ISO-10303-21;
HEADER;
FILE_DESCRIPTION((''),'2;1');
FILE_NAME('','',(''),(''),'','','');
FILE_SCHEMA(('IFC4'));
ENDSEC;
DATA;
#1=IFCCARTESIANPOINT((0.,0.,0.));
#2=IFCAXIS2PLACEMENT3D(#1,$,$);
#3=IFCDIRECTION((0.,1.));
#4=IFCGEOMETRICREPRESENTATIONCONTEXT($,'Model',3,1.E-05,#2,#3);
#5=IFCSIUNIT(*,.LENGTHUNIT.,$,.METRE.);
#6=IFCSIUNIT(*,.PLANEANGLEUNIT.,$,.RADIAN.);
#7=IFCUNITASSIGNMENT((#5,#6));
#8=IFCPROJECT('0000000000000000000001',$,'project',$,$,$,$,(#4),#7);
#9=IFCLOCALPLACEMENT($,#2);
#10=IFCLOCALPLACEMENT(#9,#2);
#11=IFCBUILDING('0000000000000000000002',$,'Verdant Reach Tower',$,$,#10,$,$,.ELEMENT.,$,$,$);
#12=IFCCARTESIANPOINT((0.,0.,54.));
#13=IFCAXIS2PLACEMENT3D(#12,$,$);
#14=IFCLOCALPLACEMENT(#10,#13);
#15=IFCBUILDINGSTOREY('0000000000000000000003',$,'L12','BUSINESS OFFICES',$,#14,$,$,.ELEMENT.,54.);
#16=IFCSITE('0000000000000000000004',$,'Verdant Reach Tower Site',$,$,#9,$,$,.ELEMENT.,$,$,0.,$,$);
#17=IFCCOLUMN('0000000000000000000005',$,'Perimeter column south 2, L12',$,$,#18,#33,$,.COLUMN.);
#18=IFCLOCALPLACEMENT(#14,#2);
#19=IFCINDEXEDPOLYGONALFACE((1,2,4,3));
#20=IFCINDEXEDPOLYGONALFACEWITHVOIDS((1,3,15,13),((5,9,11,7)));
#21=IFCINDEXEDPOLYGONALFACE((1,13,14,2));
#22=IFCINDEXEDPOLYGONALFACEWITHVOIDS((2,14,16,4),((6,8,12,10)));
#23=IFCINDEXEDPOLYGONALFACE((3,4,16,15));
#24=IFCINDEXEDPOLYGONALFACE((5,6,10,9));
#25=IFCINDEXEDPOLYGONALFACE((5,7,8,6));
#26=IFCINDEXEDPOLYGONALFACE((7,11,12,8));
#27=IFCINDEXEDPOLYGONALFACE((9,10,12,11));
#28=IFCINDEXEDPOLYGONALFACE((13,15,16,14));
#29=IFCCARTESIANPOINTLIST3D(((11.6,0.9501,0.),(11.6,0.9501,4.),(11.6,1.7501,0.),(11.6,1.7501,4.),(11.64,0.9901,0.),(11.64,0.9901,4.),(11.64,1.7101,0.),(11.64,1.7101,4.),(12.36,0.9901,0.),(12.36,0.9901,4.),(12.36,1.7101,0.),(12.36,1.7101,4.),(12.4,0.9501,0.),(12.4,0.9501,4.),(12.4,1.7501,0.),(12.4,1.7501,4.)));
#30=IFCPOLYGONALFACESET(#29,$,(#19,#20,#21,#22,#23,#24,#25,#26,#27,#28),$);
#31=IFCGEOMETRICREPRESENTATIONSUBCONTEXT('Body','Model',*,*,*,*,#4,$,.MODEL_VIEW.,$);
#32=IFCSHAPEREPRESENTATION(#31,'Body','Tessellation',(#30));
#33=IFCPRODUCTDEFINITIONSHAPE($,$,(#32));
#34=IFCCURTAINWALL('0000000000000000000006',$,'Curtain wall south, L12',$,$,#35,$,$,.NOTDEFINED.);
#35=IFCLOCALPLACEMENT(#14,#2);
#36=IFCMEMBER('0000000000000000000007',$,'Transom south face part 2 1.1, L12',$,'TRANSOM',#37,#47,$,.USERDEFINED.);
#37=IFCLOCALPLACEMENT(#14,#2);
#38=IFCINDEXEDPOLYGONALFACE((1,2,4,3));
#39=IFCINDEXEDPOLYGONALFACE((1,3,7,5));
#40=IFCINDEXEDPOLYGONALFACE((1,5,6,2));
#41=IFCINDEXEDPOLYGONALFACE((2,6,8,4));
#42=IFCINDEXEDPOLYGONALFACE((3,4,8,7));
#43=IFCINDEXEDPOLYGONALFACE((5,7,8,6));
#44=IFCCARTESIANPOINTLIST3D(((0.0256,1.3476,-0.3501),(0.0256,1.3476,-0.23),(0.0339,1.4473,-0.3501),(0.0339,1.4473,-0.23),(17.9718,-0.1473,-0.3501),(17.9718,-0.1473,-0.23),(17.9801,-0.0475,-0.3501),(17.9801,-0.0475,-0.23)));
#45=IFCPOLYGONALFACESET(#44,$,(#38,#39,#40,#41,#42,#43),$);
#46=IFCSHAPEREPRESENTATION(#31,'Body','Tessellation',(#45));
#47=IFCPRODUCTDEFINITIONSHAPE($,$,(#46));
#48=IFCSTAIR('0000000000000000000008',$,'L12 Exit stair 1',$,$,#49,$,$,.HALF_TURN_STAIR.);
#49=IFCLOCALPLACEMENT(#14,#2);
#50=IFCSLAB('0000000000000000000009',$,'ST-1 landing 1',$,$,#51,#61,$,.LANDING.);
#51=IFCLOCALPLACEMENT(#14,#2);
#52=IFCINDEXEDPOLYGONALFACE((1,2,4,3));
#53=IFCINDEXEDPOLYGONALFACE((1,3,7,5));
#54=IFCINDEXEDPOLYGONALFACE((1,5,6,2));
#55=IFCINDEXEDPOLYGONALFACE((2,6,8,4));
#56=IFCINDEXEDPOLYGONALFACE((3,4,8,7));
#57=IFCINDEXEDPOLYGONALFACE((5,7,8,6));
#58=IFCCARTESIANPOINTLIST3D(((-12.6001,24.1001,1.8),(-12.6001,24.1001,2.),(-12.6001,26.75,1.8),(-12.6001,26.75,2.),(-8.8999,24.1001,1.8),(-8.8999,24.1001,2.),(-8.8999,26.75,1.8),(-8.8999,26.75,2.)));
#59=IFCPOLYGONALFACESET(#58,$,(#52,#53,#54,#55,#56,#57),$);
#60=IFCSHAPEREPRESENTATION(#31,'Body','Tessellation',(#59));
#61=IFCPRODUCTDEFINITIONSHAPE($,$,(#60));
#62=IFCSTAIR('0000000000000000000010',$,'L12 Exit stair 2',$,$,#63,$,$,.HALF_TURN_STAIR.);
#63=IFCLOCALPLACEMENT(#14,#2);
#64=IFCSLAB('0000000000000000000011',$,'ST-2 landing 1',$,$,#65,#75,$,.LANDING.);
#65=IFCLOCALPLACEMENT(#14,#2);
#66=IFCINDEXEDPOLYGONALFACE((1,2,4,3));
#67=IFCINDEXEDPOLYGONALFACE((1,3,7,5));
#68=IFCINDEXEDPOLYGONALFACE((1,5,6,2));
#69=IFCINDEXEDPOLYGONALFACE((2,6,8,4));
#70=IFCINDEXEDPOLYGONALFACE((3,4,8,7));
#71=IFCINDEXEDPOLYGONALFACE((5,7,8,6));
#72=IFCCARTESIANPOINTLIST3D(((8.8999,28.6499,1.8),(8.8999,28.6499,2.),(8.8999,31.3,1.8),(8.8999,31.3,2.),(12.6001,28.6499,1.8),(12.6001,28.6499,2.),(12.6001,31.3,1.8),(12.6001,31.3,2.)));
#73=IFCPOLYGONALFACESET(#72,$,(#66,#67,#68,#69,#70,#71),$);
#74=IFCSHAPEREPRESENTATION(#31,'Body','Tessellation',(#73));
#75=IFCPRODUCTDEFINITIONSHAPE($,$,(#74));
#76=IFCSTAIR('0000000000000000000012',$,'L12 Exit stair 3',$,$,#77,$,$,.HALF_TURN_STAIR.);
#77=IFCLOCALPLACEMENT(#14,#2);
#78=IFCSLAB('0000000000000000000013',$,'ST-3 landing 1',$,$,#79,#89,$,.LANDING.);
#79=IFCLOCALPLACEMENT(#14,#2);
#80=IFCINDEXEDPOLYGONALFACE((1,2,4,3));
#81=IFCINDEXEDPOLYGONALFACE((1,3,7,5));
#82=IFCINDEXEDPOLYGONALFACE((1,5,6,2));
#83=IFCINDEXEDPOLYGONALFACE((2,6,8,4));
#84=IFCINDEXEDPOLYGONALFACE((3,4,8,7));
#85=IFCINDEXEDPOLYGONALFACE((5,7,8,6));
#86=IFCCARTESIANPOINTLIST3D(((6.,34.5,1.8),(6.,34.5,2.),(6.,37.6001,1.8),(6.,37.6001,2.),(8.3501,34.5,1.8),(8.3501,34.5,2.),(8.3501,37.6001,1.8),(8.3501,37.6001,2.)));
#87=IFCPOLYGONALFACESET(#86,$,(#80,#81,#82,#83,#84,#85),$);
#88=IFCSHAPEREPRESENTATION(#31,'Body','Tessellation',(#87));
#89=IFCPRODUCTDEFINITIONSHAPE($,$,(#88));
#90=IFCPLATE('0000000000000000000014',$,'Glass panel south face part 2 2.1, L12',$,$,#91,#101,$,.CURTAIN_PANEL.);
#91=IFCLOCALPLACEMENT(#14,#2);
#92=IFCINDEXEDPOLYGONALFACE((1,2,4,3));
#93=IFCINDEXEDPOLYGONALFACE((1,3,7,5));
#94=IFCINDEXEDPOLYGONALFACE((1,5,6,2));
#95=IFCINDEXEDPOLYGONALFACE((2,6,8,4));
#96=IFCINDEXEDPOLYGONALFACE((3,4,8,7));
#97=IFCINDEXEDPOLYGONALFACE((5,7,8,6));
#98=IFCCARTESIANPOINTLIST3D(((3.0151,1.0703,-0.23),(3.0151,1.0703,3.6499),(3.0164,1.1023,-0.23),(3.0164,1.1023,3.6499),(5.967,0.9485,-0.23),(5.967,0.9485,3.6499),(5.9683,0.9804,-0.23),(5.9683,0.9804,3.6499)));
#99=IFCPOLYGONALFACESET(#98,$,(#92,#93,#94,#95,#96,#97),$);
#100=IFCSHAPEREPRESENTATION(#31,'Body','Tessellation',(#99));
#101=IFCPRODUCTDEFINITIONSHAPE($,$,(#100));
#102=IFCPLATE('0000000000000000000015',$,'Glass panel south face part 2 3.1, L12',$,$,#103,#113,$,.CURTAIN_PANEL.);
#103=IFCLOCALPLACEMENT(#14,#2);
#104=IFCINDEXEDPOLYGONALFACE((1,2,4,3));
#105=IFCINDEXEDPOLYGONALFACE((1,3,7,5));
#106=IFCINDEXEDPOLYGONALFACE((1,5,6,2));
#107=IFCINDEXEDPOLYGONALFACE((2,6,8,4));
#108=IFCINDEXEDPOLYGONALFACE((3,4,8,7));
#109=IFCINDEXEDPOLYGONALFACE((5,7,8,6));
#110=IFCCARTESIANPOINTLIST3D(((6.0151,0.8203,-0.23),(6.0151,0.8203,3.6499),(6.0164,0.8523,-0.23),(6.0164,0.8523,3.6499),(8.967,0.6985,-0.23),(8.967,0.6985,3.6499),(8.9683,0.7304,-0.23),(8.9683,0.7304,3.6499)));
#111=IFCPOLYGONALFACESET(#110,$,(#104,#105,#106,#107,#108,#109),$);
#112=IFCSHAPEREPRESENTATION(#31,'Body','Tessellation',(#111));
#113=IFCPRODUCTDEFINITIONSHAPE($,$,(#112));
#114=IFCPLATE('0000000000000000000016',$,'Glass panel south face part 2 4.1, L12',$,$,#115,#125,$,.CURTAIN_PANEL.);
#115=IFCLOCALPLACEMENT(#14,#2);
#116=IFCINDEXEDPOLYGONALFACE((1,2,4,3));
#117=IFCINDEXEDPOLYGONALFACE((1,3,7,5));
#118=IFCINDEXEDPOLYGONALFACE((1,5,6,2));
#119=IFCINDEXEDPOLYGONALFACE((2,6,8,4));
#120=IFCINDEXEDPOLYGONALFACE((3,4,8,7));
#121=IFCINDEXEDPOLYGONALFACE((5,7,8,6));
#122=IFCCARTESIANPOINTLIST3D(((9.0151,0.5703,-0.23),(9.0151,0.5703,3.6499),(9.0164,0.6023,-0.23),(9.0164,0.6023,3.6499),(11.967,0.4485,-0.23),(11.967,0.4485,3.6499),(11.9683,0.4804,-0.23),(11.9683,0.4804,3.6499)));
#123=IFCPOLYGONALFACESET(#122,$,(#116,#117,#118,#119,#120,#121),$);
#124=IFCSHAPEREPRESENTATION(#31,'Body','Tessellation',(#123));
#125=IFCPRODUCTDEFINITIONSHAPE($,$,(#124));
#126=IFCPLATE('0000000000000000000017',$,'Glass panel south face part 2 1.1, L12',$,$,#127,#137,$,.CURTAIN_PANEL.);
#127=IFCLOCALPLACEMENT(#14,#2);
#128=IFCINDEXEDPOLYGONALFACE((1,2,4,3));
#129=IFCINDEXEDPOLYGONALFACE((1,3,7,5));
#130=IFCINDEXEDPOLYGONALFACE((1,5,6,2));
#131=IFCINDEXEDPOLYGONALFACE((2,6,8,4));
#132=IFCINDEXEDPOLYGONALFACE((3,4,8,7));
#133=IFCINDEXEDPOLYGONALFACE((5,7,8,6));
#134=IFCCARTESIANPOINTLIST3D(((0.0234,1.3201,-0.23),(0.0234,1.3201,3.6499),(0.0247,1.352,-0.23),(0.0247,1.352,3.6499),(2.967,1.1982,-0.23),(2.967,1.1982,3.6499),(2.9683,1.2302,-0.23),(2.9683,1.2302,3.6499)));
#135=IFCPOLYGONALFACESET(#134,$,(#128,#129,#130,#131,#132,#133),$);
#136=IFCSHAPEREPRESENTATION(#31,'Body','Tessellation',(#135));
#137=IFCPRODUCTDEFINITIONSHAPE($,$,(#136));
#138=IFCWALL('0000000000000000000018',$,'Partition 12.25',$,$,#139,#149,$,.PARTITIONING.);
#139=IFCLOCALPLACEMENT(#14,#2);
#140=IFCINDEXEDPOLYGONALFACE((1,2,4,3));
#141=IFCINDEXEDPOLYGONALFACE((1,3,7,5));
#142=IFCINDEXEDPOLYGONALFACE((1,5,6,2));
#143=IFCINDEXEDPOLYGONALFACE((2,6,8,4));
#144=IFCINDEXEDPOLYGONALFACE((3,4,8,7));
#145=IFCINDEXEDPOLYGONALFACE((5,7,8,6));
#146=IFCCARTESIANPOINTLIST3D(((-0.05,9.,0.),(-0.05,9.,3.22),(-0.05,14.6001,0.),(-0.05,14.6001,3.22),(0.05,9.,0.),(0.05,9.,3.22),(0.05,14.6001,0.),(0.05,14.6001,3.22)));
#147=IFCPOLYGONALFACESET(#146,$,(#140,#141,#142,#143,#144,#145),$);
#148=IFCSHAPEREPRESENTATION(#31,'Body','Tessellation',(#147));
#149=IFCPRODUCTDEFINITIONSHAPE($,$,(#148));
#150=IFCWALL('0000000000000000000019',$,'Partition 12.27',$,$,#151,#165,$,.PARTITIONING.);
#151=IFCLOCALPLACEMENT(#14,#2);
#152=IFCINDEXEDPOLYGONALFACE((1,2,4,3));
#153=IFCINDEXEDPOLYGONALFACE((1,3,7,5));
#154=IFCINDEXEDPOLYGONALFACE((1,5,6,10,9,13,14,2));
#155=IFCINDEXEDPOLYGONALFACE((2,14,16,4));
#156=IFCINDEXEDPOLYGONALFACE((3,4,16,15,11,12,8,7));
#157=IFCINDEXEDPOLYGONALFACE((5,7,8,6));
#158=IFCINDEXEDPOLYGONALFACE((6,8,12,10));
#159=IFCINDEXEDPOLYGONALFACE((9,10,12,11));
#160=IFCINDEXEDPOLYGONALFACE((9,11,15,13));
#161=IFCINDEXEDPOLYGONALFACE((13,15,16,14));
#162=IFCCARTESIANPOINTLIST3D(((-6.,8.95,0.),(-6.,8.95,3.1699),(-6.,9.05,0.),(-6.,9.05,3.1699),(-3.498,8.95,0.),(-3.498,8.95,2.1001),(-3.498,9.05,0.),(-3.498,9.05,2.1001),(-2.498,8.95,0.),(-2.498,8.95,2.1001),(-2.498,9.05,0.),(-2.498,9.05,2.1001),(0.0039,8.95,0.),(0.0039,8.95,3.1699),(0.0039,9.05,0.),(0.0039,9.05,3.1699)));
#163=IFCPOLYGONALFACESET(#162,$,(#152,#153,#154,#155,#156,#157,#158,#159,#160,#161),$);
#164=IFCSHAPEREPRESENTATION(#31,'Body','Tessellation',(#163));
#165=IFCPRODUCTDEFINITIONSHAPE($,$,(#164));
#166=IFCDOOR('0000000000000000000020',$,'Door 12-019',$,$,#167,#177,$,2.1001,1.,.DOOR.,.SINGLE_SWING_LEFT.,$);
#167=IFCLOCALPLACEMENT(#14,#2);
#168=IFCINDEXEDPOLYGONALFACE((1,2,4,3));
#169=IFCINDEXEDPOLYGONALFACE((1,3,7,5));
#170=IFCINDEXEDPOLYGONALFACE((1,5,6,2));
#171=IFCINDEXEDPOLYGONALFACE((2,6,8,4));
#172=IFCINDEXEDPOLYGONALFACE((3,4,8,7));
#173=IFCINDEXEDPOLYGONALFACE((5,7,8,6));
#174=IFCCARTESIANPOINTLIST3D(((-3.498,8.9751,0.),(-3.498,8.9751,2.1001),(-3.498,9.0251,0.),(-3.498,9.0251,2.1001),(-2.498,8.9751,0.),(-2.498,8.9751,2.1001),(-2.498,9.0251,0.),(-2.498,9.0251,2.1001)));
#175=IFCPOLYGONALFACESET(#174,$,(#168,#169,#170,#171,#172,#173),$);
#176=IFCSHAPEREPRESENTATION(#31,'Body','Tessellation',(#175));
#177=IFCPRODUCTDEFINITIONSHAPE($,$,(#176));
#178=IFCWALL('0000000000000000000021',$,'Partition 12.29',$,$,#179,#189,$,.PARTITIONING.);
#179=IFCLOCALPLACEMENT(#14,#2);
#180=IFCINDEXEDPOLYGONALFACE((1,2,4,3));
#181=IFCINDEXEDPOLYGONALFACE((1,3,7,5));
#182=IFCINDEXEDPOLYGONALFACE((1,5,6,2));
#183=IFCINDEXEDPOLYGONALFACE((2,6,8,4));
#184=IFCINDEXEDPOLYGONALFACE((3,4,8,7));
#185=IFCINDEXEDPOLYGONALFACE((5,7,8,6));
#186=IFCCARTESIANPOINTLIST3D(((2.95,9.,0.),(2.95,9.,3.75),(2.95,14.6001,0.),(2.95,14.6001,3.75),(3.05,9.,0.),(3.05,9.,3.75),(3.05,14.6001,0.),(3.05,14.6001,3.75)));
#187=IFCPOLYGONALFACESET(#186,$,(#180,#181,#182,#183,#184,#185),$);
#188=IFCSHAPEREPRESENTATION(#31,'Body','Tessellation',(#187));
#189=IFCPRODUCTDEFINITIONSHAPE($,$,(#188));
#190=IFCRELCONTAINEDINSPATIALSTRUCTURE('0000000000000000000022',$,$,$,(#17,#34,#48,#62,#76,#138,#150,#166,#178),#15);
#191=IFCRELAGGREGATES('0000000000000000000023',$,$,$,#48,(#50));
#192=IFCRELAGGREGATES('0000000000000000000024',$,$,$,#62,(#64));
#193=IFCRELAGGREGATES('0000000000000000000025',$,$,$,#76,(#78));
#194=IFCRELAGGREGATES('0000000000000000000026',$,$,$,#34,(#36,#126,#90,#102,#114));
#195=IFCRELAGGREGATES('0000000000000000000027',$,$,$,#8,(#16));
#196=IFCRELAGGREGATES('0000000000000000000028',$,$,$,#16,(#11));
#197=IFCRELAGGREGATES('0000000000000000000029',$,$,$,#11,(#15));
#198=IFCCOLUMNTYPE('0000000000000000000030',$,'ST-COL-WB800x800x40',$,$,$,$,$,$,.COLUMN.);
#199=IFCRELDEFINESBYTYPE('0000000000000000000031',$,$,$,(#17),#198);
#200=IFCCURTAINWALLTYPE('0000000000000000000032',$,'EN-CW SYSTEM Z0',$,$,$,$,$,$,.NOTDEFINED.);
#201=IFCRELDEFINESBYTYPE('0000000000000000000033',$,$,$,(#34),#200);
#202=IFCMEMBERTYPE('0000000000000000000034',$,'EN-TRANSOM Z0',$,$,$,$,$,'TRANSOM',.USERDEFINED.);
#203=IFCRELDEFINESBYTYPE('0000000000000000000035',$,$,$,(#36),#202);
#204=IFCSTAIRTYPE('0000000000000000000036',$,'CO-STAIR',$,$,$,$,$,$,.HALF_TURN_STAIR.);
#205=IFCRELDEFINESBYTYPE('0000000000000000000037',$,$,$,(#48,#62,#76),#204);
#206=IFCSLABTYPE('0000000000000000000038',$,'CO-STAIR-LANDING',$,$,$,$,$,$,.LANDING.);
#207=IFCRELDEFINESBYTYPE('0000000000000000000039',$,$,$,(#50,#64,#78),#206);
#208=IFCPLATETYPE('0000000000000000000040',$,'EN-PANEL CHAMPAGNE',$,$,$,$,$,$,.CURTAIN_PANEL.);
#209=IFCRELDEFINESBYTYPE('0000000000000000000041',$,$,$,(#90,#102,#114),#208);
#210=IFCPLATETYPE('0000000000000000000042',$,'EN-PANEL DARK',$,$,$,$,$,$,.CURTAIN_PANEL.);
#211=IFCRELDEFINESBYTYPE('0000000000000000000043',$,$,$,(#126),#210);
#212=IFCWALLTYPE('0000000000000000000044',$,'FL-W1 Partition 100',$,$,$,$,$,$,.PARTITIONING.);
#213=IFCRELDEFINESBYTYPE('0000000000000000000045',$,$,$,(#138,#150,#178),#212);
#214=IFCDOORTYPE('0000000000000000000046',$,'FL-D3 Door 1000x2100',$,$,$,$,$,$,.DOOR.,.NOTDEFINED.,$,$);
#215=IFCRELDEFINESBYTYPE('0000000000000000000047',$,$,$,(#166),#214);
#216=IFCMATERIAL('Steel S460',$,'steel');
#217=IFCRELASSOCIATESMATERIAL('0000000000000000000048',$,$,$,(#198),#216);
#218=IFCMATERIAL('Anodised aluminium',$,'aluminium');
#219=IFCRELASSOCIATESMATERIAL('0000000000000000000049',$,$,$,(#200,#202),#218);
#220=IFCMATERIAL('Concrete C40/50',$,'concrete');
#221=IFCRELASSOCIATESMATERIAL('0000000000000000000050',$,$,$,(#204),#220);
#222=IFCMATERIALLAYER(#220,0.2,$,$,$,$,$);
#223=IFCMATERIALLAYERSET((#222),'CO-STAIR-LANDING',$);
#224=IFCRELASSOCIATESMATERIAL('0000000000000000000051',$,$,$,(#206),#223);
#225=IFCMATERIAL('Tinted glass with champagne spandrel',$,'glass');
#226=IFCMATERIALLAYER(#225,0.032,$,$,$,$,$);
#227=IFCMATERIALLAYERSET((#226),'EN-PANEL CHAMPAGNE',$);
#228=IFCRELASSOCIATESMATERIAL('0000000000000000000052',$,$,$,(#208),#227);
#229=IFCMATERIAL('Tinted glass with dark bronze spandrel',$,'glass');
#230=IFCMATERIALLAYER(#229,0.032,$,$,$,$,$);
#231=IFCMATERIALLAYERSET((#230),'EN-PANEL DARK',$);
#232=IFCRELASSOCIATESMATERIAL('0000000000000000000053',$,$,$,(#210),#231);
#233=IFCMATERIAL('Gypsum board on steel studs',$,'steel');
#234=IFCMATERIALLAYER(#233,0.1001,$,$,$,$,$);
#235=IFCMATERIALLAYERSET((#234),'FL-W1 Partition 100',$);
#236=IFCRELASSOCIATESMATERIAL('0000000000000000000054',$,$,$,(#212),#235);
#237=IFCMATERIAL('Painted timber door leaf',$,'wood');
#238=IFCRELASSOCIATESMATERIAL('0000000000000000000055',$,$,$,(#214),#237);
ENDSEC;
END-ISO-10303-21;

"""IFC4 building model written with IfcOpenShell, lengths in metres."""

from ifc_helpers import new_model, si_unit, direction, frame, frame_2d, origin, origin_2d, place, context, subcontext, project, spatial, polyline, rectangle, hollow_rectangle, outline, extrude, material, layer, layer_set, material_profile, profile_set, type_object, element, fill, aggregate, save


model = new_model("IFC4")

# Units and contexts
model_context = context("Model", 3, precision=1e-05, world=origin(), true_north=direction((0.0, 1.0)))
body_context = subcontext(model_context, "Body", "Model", "MODEL_VIEW")
ifc_project = project(units=[si_unit("LENGTHUNIT", "METRE"), si_unit("PLANEANGLEUNIT", "RADIAN")], contexts=[model_context])

# Site, building, storey
site_placement = place(None, origin())
site = spatial("IfcSite", under=ifc_project, at=site_placement, Name="Verdant Reach Tower Site", CompositionType="ELEMENT", RefElevation=0.0)
building_placement = place(site_placement, origin())
building = spatial("IfcBuilding", under=site, at=building_placement, Name="Verdant Reach Tower", CompositionType="ELEMENT")
storey_placement = place(building_placement, frame((0.0, 0.0, 54.0)))
storey = spatial("IfcBuildingStorey", under=building, at=storey_placement, Name="L12", Description="BUSINESS OFFICES", CompositionType="ELEMENT", Elevation=54.0)

# Column
ifc_material_1 = material(Name="Steel S460", Category="steel")
ifc_material_profile_1 = material_profile(ifc_material_1, hollow_rectangle(XDim=0.8, YDim=0.8, WallThickness=0.04, at=origin_2d()), Name="WB 800x800x40")
ifc_profile_set_1 = profile_set([ifc_material_profile_1], Name="Steel S460")
column_type = type_object("IfcColumnType", Name="ST-COL-WB800x800x40", PredefinedType="COLUMN", material=ifc_profile_set_1)
column_placement = place(storey_placement, frame((12.0, 1.3501, 0.0), z_axis=(0.0, 0.0, 1.0), x_axis=(1.0, 0.0, 0.0)))
element("IfcColumn", 1, at=column_placement, inside=storey, type_object=column_type, Name="Perimeter column south 2, L12", PredefinedType="COLUMN", context=body_context, shape_type="SweptSolid", body=[
    extrude(hollow_rectangle(XDim=0.8, YDim=0.8, WallThickness=0.04, at=origin_2d()), origin(), (0.0, 0.0, 1.0), 4.0),
])

# Curtain wall, member
ifc_material_2 = material(Name="Anodised aluminium", Category="aluminium")
curtain_wall_type = type_object("IfcCurtainWallType", Name="EN-CW SYSTEM Z0", PredefinedType="NOTDEFINED", material=ifc_material_2)
curtain_wall_placement = place(storey_placement, origin())
curtain_wall = element("IfcCurtainWall", 2, at=curtain_wall_placement, inside=storey, type_object=curtain_wall_type, Name="Curtain wall south, L12", PredefinedType="NOTDEFINED")
ifc_material_profile_2 = material_profile(ifc_material_2, rectangle(XDim=0.1001, YDim=0.1201, at=origin_2d()), Name="Transom 120x100")
ifc_profile_set_2 = profile_set([ifc_material_profile_2], Name="Anodised aluminium")
member_type = type_object("IfcMemberType", Name="EN-TRANSOM Z0", ElementType="TRANSOM", PredefinedType="USERDEFINED", material=ifc_profile_set_2)
member_placement = place(storey_placement, frame((0.0298, 1.3975, -0.29), z_axis=(0.996549, -0.083011, 0.0), x_axis=(0.083011, 0.996549, 0.0)))
member = element("IfcMember", 3, at=member_placement, type_object=member_type, Name="Transom south face part 2 1.1, L12", ObjectType="TRANSOM", PredefinedType="USERDEFINED", context=body_context, shape_type="SweptSolid", body=[
    extrude(rectangle(XDim=0.1001, YDim=0.1201, at=origin_2d()), origin(), (0.0, 0.0, 1.0), 18.0083),
])

# Stairs, slabs
ifc_material_3 = material(Name="Concrete C40/50", Category="concrete")
stair_type = type_object("IfcStairType", Name="CO-STAIR", PredefinedType="HALF_TURN_STAIR", material=ifc_material_3)
stair_1_placement = place(storey_placement, origin())
stair_1 = element("IfcStair", 4, at=stair_1_placement, inside=storey, type_object=stair_type, Name="L12 Exit stair 1", PredefinedType="HALF_TURN_STAIR")
ifc_layer_1 = layer(ifc_material_3, 0.2)
ifc_layer_set_1 = layer_set([ifc_layer_1], Name="CO-STAIR-LANDING")
slab_type = type_object("IfcSlabType", Name="CO-STAIR-LANDING", PredefinedType="LANDING", material=ifc_layer_set_1)
slab_1_placement = place(storey_placement, frame((0.0, 0.0, 1.8)))
slab_1 = element("IfcSlab", 5, at=slab_1_placement, type_object=slab_type, Name="ST-1 landing 1", PredefinedType="LANDING", context=body_context, shape_type="SweptSolid", body=[
    extrude(outline(polyline([(-12.6001, 26.75), (-12.6001, 24.1001), (-8.8999, 24.1001), (-8.8999, 26.75), (-12.6001, 26.75)])), origin(), (0.0, 0.0, 1.0), 0.2),
])
aggregate(stair_1, [slab_1])
stair_2_placement = place(storey_placement, origin())
stair_2 = element("IfcStair", 6, at=stair_2_placement, inside=storey, type_object=stair_type, Name="L12 Exit stair 2", PredefinedType="HALF_TURN_STAIR")
slab_2_placement = place(storey_placement, frame((0.0, 0.0, 1.8)))
slab_2 = element("IfcSlab", 7, at=slab_2_placement, type_object=slab_type, Name="ST-2 landing 1", PredefinedType="LANDING", context=body_context, shape_type="SweptSolid", body=[
    extrude(outline(polyline([(12.6001, 28.6499), (12.6001, 31.3), (8.8999, 31.3), (8.8999, 28.6499), (12.6001, 28.6499)])), origin(), (0.0, 0.0, 1.0), 0.2),
])
aggregate(stair_2, [slab_2])
stair_3_placement = place(storey_placement, origin())
stair_3 = element("IfcStair", 8, at=stair_3_placement, inside=storey, type_object=stair_type, Name="L12 Exit stair 3", PredefinedType="HALF_TURN_STAIR")
slab_3_placement = place(storey_placement, frame((0.0, 0.0, 1.8)))
slab_3 = element("IfcSlab", 9, at=slab_3_placement, type_object=slab_type, Name="ST-3 landing 1", PredefinedType="LANDING", context=body_context, shape_type="SweptSolid", body=[
    extrude(outline(polyline([(8.3501, 37.6001), (6.0, 37.6001), (6.0, 34.5), (8.3501, 34.5), (8.3501, 37.6001)])), origin(), (0.0, 0.0, 1.0), 0.2),
])
aggregate(stair_3, [slab_3])

# Plates
ifc_material_4 = material(Name="Tinted glass with champagne spandrel", Category="glass")
ifc_layer_2 = layer(ifc_material_4, 0.032)
ifc_layer_set_2 = layer_set([ifc_layer_2], Name="EN-PANEL CHAMPAGNE")
plate_type_1 = type_object("IfcPlateType", Name="EN-PANEL CHAMPAGNE", PredefinedType="CURTAIN_PANEL", material=ifc_layer_set_2)
plate_1_placement = place(storey_placement, frame((4.4917, 1.0254, -0.23), z_axis=(0.0, 0.0, 1.0), x_axis=(0.999149, -0.041242, 0.0)))
plate_1 = element("IfcPlate", 10, at=plate_1_placement, type_object=plate_type_1, Name="Glass panel south face part 2 2.1, L12", PredefinedType="CURTAIN_PANEL", context=body_context, shape_type="SweptSolid", body=[
    extrude(rectangle(XDim=2.9543, YDim=0.032, at=origin_2d()), origin(), (0.0, 0.0, 1.0), 3.8799),
])
plate_2_placement = place(storey_placement, frame((7.4917, 0.7754, -0.23), z_axis=(0.0, 0.0, 1.0), x_axis=(0.999149, -0.041242, 0.0)))
plate_2 = element("IfcPlate", 11, at=plate_2_placement, type_object=plate_type_1, Name="Glass panel south face part 2 3.1, L12", PredefinedType="CURTAIN_PANEL", context=body_context, shape_type="SweptSolid", body=[
    extrude(rectangle(XDim=2.9543, YDim=0.032, at=origin_2d()), origin(), (0.0, 0.0, 1.0), 3.8799),
])
plate_3_placement = place(storey_placement, frame((10.4917, 0.5254, -0.23), z_axis=(0.0, 0.0, 1.0), x_axis=(0.999149, -0.041242, 0.0)))
plate_3 = element("IfcPlate", 12, at=plate_3_placement, type_object=plate_type_1, Name="Glass panel south face part 2 4.1, L12", PredefinedType="CURTAIN_PANEL", context=body_context, shape_type="SweptSolid", body=[
    extrude(rectangle(XDim=2.9543, YDim=0.032, at=origin_2d()), origin(), (0.0, 0.0, 1.0), 3.8799),
])
ifc_material_5 = material(Name="Tinted glass with dark bronze spandrel", Category="glass")
ifc_layer_3 = layer(ifc_material_5, 0.032)
ifc_layer_set_3 = layer_set([ifc_layer_3], Name="EN-PANEL DARK")
plate_type_2 = type_object("IfcPlateType", Name="EN-PANEL DARK", PredefinedType="CURTAIN_PANEL", material=ifc_layer_set_3)
plate_4_placement = place(storey_placement, frame((1.4958, 1.2751, -0.23), z_axis=(0.0, 0.0, 1.0), x_axis=(0.999144, -0.041357, 0.0)))
plate_4 = element("IfcPlate", 13, at=plate_4_placement, type_object=plate_type_2, Name="Glass panel south face part 2 1.1, L12", PredefinedType="CURTAIN_PANEL", context=body_context, shape_type="SweptSolid", body=[
    extrude(rectangle(XDim=2.946, YDim=0.032, at=origin_2d()), origin(), (0.0, 0.0, 1.0), 3.8799),
])
aggregate(curtain_wall, [member, plate_4, plate_1, plate_2, plate_3])

# Wall
ifc_material_6 = material(Name="Gypsum board on steel studs", Category="steel")
ifc_layer_4 = layer(ifc_material_6, 0.1001)
ifc_layer_set_4 = layer_set([ifc_layer_4], Name="FL-W1 Partition 100")
wall_type = type_object("IfcWallType", Name="FL-W1 Partition 100", PredefinedType="PARTITIONING", material=ifc_layer_set_4)
wall_1_placement = place(storey_placement, frame((0.0, 9.0, 0.0), z_axis=(0.0, 0.0, 1.0), x_axis=(0.0, 1.0, 0.0)))
element("IfcWall", 14, at=wall_1_placement, inside=storey, type_object=wall_type, Name="Partition 12.25", PredefinedType="PARTITIONING", context=body_context, shape_type="SweptSolid", body=[
    extrude(rectangle(XDim=5.6001, YDim=0.1001, at=frame_2d((2.8, 0.0))), origin(), (0.0, 0.0, 1.0), 3.22),
])

# Wall, opening, door
wall_2_placement = place(storey_placement, frame((0.0039, 9.0, 0.0), z_axis=(0.0, 0.0, 1.0), x_axis=(-1.0, 0.0, 0.0)))
wall_2 = element("IfcWall", 15, at=wall_2_placement, inside=storey, type_object=wall_type, Name="Partition 12.27", PredefinedType="PARTITIONING", context=body_context, shape_type="SweptSolid", body=[
    extrude(rectangle(XDim=6.0039, YDim=0.1001, at=frame_2d((3.002, 0.0))), origin(), (0.0, 0.0, 1.0), 3.1699),
])
opening_1_placement = place(wall_2_placement, frame((2.502, 0.0, 0.0)))
opening_1 = element("IfcOpeningElement", 16, at=opening_1_placement, cuts=wall_2, PredefinedType="OPENING", context=body_context, shape_type="SweptSolid", body=[
    extrude(rectangle(XDim=1.0, YDim=2.1001, at=frame_2d((0.5, 1.05))), frame((0.0, 0.0601, 0.0), z_axis=(0.0, -1.0, 0.0), x_axis=(1.0, 0.0, 0.0)), (0.0, 0.0, 1.0), 0.1201),
])
ifc_material_7 = material(Name="Painted timber door leaf", Category="wood")
door_type = type_object("IfcDoorType", Name="FL-D3 Door 1000x2100", OperationType="NOTDEFINED", PredefinedType="DOOR", material=ifc_material_7)
door_1_placement = place(opening_1_placement, origin())
door_1 = element("IfcDoor", 17, at=door_1_placement, inside=storey, type_object=door_type, Name="Door 12-019", OperationType="SINGLE_SWING_LEFT", OverallHeight=2.1001, OverallWidth=1.0, PredefinedType="DOOR", context=body_context, shape_type="SweptSolid", body=[
    extrude(rectangle(XDim=1.0, YDim=2.1001, at=frame_2d((0.5, 1.05))), frame((0.0, 0.0249, 0.0), z_axis=(0.0, -1.0, 0.0), x_axis=(1.0, 0.0, 0.0)), (0.0, 0.0, 1.0), 0.05),
])
fill(opening_1, door_1)

# Wall
wall_3_placement = place(storey_placement, frame((3.0, 9.0, 0.0), z_axis=(0.0, 0.0, 1.0), x_axis=(0.0, 1.0, 0.0)))
element("IfcWall", 18, at=wall_3_placement, inside=storey, type_object=wall_type, Name="Partition 12.29", PredefinedType="PARTITIONING", context=body_context, shape_type="SweptSolid", body=[
    extrude(rectangle(XDim=5.6001, YDim=0.1001, at=frame_2d((2.8, 0.0))), origin(), (0.0, 0.0, 1.0), 3.75),
])

save(model, "model.ifc")
